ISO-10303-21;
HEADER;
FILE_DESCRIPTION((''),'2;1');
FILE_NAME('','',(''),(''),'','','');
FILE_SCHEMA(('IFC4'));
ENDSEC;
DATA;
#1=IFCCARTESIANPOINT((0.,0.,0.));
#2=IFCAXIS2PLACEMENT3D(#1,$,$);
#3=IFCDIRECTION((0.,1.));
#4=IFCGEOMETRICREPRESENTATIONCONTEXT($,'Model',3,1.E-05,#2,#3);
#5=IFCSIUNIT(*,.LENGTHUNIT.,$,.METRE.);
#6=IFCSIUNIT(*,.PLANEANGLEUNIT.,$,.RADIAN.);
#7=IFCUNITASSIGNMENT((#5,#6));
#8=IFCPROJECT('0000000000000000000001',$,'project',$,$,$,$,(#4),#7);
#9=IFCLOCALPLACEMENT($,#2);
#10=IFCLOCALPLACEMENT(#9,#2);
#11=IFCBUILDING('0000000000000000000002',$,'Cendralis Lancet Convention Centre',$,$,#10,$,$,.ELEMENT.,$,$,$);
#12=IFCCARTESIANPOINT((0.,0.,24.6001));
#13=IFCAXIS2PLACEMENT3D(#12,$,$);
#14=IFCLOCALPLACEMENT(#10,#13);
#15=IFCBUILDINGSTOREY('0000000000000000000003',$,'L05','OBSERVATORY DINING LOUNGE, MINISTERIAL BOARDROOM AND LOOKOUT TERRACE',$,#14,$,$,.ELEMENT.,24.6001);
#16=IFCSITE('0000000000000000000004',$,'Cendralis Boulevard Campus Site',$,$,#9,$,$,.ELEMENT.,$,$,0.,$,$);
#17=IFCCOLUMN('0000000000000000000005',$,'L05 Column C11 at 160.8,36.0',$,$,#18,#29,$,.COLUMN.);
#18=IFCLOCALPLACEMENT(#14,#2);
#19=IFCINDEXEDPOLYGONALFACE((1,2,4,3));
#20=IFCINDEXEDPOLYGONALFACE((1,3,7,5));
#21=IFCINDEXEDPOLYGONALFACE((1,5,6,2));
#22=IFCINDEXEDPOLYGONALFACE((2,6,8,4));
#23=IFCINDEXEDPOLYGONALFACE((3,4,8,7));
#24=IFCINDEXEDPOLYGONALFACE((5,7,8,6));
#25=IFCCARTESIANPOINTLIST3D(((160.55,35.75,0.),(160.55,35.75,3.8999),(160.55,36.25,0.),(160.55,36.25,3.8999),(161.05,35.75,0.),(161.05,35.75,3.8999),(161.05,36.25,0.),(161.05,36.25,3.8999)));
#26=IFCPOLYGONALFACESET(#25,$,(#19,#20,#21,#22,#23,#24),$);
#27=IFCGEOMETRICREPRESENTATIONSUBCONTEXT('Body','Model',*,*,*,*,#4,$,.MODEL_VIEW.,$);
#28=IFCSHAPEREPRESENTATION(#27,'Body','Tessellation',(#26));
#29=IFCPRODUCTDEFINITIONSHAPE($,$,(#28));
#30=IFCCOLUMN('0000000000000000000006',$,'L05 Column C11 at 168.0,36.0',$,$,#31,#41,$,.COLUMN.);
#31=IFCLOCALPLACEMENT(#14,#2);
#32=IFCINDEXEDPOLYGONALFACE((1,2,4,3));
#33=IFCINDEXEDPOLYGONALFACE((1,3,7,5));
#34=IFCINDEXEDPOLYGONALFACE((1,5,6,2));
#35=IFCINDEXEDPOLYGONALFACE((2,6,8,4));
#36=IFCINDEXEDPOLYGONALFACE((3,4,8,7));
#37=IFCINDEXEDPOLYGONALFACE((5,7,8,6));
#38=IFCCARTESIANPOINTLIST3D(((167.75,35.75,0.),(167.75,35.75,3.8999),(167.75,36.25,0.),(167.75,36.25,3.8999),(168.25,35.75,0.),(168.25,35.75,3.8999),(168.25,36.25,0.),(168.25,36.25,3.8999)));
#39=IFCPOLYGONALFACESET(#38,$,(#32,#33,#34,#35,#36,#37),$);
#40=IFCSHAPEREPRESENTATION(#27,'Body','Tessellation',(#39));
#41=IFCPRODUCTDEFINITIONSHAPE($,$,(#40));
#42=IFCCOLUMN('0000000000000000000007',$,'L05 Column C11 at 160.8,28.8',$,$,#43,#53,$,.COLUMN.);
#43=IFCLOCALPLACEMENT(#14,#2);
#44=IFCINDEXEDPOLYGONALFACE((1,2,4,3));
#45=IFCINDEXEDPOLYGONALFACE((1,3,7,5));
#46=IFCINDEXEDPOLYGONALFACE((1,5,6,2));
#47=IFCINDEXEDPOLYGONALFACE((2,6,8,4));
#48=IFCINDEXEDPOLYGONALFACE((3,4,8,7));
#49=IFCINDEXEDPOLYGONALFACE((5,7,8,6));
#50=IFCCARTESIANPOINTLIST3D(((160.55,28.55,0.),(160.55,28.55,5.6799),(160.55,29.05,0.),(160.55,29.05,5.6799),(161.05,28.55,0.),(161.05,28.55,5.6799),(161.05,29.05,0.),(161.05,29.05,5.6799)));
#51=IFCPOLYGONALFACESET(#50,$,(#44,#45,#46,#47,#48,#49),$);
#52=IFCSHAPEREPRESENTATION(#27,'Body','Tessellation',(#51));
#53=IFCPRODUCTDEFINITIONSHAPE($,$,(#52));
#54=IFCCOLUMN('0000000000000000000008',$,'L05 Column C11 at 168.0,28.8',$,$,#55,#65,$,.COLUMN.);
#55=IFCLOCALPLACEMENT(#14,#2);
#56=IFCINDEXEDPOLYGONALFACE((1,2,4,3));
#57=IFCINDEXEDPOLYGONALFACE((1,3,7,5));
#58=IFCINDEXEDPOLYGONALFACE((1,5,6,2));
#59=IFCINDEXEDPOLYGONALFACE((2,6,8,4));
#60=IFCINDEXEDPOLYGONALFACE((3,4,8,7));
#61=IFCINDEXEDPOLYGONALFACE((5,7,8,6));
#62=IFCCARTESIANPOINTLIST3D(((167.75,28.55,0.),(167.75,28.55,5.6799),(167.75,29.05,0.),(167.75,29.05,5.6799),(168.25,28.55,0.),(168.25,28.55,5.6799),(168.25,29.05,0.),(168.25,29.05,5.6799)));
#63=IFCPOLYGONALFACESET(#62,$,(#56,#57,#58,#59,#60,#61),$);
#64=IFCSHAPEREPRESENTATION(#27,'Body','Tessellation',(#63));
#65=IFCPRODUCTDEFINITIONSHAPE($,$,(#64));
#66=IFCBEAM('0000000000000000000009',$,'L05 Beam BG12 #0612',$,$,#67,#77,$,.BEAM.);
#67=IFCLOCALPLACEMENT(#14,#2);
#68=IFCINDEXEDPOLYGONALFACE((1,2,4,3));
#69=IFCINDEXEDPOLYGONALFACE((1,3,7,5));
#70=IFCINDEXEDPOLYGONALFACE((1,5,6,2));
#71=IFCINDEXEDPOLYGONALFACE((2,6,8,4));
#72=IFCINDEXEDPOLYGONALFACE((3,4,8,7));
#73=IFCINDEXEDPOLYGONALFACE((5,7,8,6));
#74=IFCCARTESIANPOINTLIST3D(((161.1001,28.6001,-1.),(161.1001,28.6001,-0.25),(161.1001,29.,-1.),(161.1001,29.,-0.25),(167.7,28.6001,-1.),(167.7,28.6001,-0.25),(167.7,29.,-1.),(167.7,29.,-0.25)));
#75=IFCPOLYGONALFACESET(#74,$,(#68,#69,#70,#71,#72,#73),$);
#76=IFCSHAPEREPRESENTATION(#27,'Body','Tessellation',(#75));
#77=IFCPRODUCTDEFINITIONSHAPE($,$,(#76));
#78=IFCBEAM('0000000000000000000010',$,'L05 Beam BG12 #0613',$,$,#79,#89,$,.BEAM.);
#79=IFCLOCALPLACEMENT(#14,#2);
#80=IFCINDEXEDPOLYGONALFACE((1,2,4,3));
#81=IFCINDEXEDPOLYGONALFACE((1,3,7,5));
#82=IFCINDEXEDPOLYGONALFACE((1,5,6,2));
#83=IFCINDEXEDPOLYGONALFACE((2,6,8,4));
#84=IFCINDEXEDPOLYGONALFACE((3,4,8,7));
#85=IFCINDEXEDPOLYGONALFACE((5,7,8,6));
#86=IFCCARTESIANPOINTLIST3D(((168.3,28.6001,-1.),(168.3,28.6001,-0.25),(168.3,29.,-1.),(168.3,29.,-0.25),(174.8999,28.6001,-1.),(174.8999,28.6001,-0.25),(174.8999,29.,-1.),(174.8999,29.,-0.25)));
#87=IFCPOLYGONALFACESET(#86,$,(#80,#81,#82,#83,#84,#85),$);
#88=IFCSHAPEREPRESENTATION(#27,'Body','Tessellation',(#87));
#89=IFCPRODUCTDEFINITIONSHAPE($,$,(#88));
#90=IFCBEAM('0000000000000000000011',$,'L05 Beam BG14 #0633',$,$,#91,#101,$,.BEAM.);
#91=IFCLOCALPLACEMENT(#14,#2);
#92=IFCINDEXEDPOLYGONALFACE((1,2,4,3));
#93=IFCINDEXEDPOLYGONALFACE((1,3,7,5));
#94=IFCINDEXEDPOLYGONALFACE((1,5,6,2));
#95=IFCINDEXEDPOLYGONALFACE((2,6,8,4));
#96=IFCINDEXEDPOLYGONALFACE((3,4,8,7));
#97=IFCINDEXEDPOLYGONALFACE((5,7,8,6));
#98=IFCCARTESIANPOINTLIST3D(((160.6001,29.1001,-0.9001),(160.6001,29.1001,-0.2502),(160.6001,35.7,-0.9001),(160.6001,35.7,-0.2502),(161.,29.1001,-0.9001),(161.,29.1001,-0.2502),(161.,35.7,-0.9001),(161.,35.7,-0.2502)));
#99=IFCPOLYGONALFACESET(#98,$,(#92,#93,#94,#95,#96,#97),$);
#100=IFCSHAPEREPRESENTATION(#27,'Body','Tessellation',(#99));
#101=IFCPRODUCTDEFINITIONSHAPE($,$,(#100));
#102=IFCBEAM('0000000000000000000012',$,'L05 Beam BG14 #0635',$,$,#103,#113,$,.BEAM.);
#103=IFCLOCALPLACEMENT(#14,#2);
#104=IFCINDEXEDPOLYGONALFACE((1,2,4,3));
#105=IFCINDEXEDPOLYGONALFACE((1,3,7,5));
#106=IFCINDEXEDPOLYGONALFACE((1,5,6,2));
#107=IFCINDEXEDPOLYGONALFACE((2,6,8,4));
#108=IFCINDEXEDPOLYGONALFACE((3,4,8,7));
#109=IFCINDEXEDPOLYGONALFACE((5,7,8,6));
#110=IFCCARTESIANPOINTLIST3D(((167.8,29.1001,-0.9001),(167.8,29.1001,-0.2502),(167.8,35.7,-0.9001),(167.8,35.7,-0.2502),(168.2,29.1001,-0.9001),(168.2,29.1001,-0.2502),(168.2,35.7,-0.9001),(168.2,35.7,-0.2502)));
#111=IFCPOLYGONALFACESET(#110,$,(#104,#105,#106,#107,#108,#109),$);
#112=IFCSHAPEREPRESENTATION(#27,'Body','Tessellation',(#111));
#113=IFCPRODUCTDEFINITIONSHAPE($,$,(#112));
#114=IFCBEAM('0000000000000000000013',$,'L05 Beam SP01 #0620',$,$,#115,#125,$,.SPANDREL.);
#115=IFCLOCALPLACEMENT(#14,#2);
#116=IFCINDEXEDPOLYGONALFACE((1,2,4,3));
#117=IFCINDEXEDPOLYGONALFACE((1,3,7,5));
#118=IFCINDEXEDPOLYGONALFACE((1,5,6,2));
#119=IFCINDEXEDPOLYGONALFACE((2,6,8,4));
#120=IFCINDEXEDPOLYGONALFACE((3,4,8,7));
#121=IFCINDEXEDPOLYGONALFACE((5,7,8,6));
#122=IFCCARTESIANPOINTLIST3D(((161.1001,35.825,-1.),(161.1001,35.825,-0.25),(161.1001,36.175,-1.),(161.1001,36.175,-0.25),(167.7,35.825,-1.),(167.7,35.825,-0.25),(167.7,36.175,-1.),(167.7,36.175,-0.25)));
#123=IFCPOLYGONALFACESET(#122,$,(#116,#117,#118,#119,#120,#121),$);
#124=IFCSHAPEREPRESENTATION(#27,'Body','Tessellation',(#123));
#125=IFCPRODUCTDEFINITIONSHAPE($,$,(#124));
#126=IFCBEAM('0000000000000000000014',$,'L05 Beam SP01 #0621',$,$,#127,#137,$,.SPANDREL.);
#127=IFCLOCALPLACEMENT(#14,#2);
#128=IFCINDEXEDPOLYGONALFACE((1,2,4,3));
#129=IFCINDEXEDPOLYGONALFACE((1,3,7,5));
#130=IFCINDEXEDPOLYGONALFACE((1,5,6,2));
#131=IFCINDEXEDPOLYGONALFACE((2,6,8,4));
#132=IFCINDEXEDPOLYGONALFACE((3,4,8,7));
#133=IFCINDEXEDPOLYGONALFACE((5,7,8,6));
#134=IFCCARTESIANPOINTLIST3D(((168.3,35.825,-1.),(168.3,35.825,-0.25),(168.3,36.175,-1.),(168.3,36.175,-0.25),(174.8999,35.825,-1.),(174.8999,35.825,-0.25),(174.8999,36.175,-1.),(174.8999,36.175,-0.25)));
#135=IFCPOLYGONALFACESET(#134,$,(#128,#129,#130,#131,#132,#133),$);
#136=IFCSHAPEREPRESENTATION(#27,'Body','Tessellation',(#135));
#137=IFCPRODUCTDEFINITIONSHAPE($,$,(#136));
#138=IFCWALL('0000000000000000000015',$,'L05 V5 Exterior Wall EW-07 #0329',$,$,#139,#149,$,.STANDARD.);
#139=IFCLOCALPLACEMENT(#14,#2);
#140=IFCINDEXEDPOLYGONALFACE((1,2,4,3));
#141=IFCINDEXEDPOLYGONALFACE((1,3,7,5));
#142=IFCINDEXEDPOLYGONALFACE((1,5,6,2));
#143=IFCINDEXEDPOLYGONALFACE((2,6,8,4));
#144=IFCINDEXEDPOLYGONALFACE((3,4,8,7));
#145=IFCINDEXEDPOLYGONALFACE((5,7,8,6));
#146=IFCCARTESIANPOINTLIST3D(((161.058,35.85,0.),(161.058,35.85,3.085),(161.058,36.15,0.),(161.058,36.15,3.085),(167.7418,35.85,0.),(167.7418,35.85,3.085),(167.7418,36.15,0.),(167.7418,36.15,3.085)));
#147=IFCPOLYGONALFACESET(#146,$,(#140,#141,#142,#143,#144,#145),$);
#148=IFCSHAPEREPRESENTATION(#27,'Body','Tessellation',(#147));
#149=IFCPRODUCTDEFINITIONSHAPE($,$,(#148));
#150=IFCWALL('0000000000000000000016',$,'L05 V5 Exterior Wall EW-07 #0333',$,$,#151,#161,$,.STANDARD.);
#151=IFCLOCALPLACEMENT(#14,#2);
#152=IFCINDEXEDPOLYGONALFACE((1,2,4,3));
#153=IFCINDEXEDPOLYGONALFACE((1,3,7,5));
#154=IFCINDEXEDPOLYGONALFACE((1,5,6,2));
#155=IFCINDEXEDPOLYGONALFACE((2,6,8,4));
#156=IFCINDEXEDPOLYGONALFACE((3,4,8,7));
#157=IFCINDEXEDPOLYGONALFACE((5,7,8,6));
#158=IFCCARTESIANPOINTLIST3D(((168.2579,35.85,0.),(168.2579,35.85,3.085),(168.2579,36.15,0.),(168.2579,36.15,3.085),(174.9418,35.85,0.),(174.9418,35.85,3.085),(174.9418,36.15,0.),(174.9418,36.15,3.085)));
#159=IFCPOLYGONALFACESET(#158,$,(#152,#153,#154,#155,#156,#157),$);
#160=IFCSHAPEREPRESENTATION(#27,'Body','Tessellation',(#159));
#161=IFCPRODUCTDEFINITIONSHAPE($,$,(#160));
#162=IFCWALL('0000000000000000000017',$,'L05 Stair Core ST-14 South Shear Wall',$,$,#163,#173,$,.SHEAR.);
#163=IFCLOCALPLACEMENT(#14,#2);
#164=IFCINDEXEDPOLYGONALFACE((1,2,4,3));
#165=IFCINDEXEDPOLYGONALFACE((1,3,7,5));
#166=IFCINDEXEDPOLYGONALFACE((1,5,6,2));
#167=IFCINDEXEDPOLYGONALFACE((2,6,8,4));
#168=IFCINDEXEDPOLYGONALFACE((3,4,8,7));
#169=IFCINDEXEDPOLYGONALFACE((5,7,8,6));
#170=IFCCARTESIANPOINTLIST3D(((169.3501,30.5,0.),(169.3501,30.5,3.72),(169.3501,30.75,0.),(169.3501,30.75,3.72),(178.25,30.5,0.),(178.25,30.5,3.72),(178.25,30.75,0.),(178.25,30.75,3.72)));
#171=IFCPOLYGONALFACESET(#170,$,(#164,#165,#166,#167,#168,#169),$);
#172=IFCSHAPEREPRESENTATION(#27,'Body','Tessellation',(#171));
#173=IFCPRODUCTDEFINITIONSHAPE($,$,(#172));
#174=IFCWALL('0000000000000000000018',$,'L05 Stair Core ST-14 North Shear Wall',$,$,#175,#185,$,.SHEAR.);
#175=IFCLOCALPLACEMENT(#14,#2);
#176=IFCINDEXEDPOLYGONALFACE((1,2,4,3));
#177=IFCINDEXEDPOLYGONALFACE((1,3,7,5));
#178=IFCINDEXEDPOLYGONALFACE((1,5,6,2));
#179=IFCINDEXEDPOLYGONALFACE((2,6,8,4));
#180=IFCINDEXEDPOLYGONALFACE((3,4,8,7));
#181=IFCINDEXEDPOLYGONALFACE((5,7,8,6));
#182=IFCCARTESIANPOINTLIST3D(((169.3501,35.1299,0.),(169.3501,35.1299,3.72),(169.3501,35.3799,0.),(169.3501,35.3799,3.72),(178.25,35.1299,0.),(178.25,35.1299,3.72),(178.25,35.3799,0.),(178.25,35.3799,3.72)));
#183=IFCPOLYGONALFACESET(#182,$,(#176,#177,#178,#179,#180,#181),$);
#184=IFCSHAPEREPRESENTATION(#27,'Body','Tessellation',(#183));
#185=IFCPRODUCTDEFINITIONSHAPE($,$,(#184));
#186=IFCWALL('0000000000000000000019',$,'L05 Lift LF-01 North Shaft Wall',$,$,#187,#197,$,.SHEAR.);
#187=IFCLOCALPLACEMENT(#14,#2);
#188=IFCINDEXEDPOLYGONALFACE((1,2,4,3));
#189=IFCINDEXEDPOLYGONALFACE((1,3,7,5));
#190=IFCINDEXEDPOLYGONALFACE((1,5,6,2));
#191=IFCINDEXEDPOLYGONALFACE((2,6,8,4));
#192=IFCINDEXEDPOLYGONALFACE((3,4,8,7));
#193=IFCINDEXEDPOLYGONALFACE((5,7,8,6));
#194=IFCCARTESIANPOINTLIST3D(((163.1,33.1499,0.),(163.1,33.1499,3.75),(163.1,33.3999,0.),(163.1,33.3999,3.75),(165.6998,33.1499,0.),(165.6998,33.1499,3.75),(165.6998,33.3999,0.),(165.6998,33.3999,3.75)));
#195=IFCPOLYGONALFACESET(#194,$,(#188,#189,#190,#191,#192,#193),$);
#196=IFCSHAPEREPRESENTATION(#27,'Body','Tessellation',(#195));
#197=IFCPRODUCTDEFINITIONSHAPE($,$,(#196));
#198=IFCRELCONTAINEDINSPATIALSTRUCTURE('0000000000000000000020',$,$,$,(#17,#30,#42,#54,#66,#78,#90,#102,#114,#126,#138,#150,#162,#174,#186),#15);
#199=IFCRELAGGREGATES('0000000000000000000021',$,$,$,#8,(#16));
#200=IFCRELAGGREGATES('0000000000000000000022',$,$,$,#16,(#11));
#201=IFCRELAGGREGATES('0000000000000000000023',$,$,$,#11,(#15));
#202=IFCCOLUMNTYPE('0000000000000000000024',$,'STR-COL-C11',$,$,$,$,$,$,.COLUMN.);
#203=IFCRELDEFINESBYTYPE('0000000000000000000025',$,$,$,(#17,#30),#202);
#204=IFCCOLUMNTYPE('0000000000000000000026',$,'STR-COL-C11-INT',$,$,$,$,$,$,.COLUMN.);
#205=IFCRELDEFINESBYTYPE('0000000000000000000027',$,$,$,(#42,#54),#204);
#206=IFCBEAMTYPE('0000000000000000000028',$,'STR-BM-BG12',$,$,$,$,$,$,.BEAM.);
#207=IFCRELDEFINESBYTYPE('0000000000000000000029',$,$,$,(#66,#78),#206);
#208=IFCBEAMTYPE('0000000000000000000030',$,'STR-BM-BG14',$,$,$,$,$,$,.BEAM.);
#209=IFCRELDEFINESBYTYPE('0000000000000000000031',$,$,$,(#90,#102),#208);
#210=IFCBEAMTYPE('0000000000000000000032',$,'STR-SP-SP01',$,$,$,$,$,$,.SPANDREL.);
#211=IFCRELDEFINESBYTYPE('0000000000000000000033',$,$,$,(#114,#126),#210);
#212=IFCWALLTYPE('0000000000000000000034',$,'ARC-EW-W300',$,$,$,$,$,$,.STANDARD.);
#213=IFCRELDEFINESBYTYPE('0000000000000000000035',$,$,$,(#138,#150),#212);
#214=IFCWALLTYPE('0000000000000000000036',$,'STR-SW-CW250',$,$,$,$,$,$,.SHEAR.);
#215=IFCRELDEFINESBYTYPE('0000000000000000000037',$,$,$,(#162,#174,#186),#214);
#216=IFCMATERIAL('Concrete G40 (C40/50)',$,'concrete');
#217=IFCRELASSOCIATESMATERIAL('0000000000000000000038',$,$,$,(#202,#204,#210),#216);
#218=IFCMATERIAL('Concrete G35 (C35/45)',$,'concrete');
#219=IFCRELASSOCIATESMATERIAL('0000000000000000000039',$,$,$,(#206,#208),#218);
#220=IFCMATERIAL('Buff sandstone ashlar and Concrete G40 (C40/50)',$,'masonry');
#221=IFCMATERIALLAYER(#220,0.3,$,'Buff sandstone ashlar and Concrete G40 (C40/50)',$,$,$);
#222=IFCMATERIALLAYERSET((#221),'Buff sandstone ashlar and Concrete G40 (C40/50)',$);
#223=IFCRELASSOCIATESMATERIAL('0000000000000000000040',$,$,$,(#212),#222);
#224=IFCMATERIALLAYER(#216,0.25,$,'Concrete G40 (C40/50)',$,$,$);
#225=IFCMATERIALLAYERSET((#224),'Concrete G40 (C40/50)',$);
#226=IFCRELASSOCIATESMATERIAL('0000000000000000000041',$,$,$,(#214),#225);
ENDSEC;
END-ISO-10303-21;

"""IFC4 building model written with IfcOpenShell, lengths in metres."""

from ifc_helpers import new_model, si_unit, direction, frame, frame_2d, origin, origin_2d, place, context, subcontext, project, spatial, rectangle, extrude, material, layer, layer_set, material_profile, profile_set, type_object, element, save


model = new_model("IFC4")

# Units and contexts
model_context = context("Model", 3, precision=1e-05, world=origin(), true_north=direction((0.0, 1.0)))
body_context = subcontext(model_context, "Body", "Model", "MODEL_VIEW")
ifc_project = project(units=[si_unit("LENGTHUNIT", "METRE"), si_unit("PLANEANGLEUNIT", "RADIAN")], contexts=[model_context])

# Site, building, storey
site_placement = place(None, origin())
site = spatial("IfcSite", under=ifc_project, at=site_placement, Name="Cendralis Boulevard Campus Site", CompositionType="ELEMENT", RefElevation=0.0)
building_placement = place(site_placement, origin())
building = spatial("IfcBuilding", under=site, at=building_placement, Name="Cendralis Lancet Convention Centre", CompositionType="ELEMENT")
storey_placement = place(building_placement, frame((0.0, 0.0, 24.6001)))
storey = spatial("IfcBuildingStorey", under=building, at=storey_placement, Name="L05", Description="OBSERVATORY DINING LOUNGE, MINISTERIAL BOARDROOM AND LOOKOUT TERRACE", CompositionType="ELEMENT", Elevation=24.6001)

# Columns
ifc_material_1 = material(Name="Concrete G40 (C40/50)", Category="concrete")
ifc_material_profile_1 = material_profile(ifc_material_1, rectangle(XDim=0.5, YDim=0.5, at=origin_2d()), Name="RC 500x500")
ifc_profile_set_1 = profile_set([ifc_material_profile_1], Name="Concrete G40 (C40/50)")
column_type_1 = type_object("IfcColumnType", Name="STR-COL-C11", PredefinedType="COLUMN", material=ifc_profile_set_1)
for number, where, z_axis, x_axis, name in (
    (1, (160.8, 36.0, 0.0), (0.0, 0.0, 1.0), (1.0, 0.0, 0.0), "L05 Column C11 at 160.8,36.0"),
    (2, (168.0, 36.0, 0.0), (0.0, 0.0, 1.0), (1.0, 0.0, 0.0), "L05 Column C11 at 168.0,36.0"),
):
    element("IfcColumn", number, at=place(storey_placement, frame(where, z_axis=z_axis, x_axis=x_axis)), inside=storey, type_object=column_type_1, Name=name, PredefinedType="COLUMN", context=body_context, shape_type="SweptSolid", body=[
        extrude(rectangle(XDim=0.5, YDim=0.5, at=origin_2d()), origin(), (0.0, 0.0, 1.0), 3.8999),
    ])
ifc_material_profile_2 = material_profile(ifc_material_1, rectangle(XDim=0.5, YDim=0.5, at=origin_2d()), Name="RC 500x500")
ifc_profile_set_2 = profile_set([ifc_material_profile_2], Name="Concrete G40 (C40/50)")
column_type_2 = type_object("IfcColumnType", Name="STR-COL-C11-INT", PredefinedType="COLUMN", material=ifc_profile_set_2)
for number, where, z_axis, x_axis, name in (
    (3, (160.8, 28.8, 0.0), (0.0, 0.0, 1.0), (1.0, 0.0, 0.0), "L05 Column C11 at 160.8,28.8"),
    (4, (168.0, 28.8, 0.0), (0.0, 0.0, 1.0), (1.0, 0.0, 0.0), "L05 Column C11 at 168.0,28.8"),
):
    element("IfcColumn", number, at=place(storey_placement, frame(where, z_axis=z_axis, x_axis=x_axis)), inside=storey, type_object=column_type_2, Name=name, PredefinedType="COLUMN", context=body_context, shape_type="SweptSolid", body=[
        extrude(rectangle(XDim=0.5, YDim=0.5, at=origin_2d()), origin(), (0.0, 0.0, 1.0), 5.6799),
    ])

# Beams
ifc_material_2 = material(Name="Concrete G35 (C35/45)", Category="concrete")
ifc_material_profile_3 = material_profile(ifc_material_2, rectangle(XDim=0.3999, YDim=0.75, at=origin_2d()), Name="RCB 400x750")
ifc_profile_set_3 = profile_set([ifc_material_profile_3], Name="Concrete G35 (C35/45)")
beam_type_1 = type_object("IfcBeamType", Name="STR-BM-BG12", PredefinedType="BEAM", material=ifc_profile_set_3)
for number, where, z_axis, x_axis, name in (
    (5, (161.1001, 28.8, -0.625), (1.0, 0.0, 0.0), (0.0, 1.0, 0.0), "L05 Beam BG12 #0612"),
    (6, (168.3, 28.8, -0.625), (1.0, 0.0, 0.0), (0.0, 1.0, 0.0), "L05 Beam BG12 #0613"),
):
    element("IfcBeam", number, at=place(storey_placement, frame(where, z_axis=z_axis, x_axis=x_axis)), inside=storey, type_object=beam_type_1, Name=name, PredefinedType="BEAM", context=body_context, shape_type="SweptSolid", body=[
        extrude(rectangle(XDim=0.3999, YDim=0.75, at=origin_2d()), origin(), (0.0, 0.0, 1.0), 6.5999),
    ])
ifc_material_profile_4 = material_profile(ifc_material_2, rectangle(XDim=0.3999, YDim=0.6499, at=origin_2d()), Name="RCB 400x650")
ifc_profile_set_4 = profile_set([ifc_material_profile_4], Name="Concrete G35 (C35/45)")
beam_type_2 = type_object("IfcBeamType", Name="STR-BM-BG14", PredefinedType="BEAM", material=ifc_profile_set_4)
for number, where, z_axis, x_axis, name in (
    (7, (160.8, 29.1001, -0.5752), (0.0, 1.0, 0.0), (-1.0, 0.0, 0.0), "L05 Beam BG14 #0633"),
    (8, (168.0, 29.1001, -0.5752), (0.0, 1.0, 0.0), (-1.0, 0.0, 0.0), "L05 Beam BG14 #0635"),
):
    element("IfcBeam", number, at=place(storey_placement, frame(where, z_axis=z_axis, x_axis=x_axis)), inside=storey, type_object=beam_type_2, Name=name, PredefinedType="BEAM", context=body_context, shape_type="SweptSolid", body=[
        extrude(rectangle(XDim=0.3999, YDim=0.6499, at=origin_2d()), origin(), (0.0, 0.0, 1.0), 6.5999),
    ])
ifc_material_profile_5 = material_profile(ifc_material_1, rectangle(XDim=0.3501, YDim=0.75, at=origin_2d()), Name="RCB 350x750")
ifc_profile_set_5 = profile_set([ifc_material_profile_5], Name="Concrete G40 (C40/50)")
beam_type_3 = type_object("IfcBeamType", Name="STR-SP-SP01", PredefinedType="SPANDREL", material=ifc_profile_set_5)
for number, where, z_axis, x_axis, name in (
    (9, (161.1001, 36.0, -0.625), (1.0, 0.0, 0.0), (0.0, 1.0, 0.0), "L05 Beam SP01 #0620"),
    (10, (168.3, 36.0, -0.625), (1.0, 0.0, 0.0), (0.0, 1.0, 0.0), "L05 Beam SP01 #0621"),
):
    element("IfcBeam", number, at=place(storey_placement, frame(where, z_axis=z_axis, x_axis=x_axis)), inside=storey, type_object=beam_type_3, Name=name, PredefinedType="SPANDREL", context=body_context, shape_type="SweptSolid", body=[
        extrude(rectangle(XDim=0.3501, YDim=0.75, at=origin_2d()), origin(), (0.0, 0.0, 1.0), 6.5999),
    ])

# Walls
ifc_material_3 = material(Name="Buff sandstone ashlar and Concrete G40 (C40/50)", Category="masonry")
ifc_layer_1 = layer(ifc_material_3, 0.3, Name="Buff sandstone ashlar and Concrete G40 (C40/50)")
ifc_layer_set_1 = layer_set([ifc_layer_1], Name="Buff sandstone ashlar and Concrete G40 (C40/50)")
wall_type_1 = type_object("IfcWallType", Name="ARC-EW-W300", PredefinedType="STANDARD", material=ifc_layer_set_1)
for number, where, z_axis, x_axis, name in (
    (11, (161.0581, 36.0, 0.0), (0.0, 0.0, 1.0), (1.0, 0.0, 0.0), "L05 V5 Exterior Wall EW-07 #0329"),
    (12, (168.2581, 36.0, 0.0), (0.0, 0.0, 1.0), (1.0, 0.0, 0.0), "L05 V5 Exterior Wall EW-07 #0333"),
):
    element("IfcWall", number, at=place(storey_placement, frame(where, z_axis=z_axis, x_axis=x_axis)), inside=storey, type_object=wall_type_1, Name=name, PredefinedType="STANDARD", context=body_context, shape_type="SweptSolid", body=[
        extrude(rectangle(XDim=6.6838, YDim=0.3, at=frame_2d((3.3418, 0.0))), origin(), (0.0, 0.0, 1.0), 3.085),
    ])

# Shared definitions
ifc_layer_2 = layer(ifc_material_1, 0.25, Name="Concrete G40 (C40/50)")
ifc_layer_set_2 = layer_set([ifc_layer_2], Name="Concrete G40 (C40/50)")
wall_type_2 = type_object("IfcWallType", Name="STR-SW-CW250", PredefinedType="SHEAR", material=ifc_layer_set_2)

# Walls
for number, where, z_axis, x_axis, name in (
    (13, (169.3501, 30.625, 0.0), (0.0, 0.0, 1.0), (1.0, 0.0, 0.0), "L05 Stair Core ST-14 South Shear Wall"),
    (14, (169.3501, 35.2549, 0.0), (0.0, 0.0, 1.0), (1.0, 0.0, 0.0), "L05 Stair Core ST-14 North Shear Wall"),
):
    element("IfcWall", number, at=place(storey_placement, frame(where, z_axis=z_axis, x_axis=x_axis)), inside=storey, type_object=wall_type_2, Name=name, PredefinedType="SHEAR", context=body_context, shape_type="SweptSolid", body=[
        extrude(rectangle(XDim=8.8999, YDim=0.25, at=frame_2d((4.45, 0.0))), origin(), (0.0, 0.0, 1.0), 3.72),
    ])

# Wall
wall_1_placement = place(storey_placement, frame((163.1001, 33.2749, 0.0), z_axis=(0.0, 0.0, 1.0), x_axis=(1.0, 0.0, 0.0)))
element("IfcWall", 15, at=wall_1_placement, inside=storey, type_object=wall_type_2, Name="L05 Lift LF-01 North Shaft Wall", PredefinedType="SHEAR", context=body_context, shape_type="SweptSolid", body=[
    extrude(rectangle(XDim=2.5999, YDim=0.25, at=frame_2d((1.2998, 0.0))), origin(), (0.0, 0.0, 1.0), 3.75),
])

save(model, "model.ifc")
